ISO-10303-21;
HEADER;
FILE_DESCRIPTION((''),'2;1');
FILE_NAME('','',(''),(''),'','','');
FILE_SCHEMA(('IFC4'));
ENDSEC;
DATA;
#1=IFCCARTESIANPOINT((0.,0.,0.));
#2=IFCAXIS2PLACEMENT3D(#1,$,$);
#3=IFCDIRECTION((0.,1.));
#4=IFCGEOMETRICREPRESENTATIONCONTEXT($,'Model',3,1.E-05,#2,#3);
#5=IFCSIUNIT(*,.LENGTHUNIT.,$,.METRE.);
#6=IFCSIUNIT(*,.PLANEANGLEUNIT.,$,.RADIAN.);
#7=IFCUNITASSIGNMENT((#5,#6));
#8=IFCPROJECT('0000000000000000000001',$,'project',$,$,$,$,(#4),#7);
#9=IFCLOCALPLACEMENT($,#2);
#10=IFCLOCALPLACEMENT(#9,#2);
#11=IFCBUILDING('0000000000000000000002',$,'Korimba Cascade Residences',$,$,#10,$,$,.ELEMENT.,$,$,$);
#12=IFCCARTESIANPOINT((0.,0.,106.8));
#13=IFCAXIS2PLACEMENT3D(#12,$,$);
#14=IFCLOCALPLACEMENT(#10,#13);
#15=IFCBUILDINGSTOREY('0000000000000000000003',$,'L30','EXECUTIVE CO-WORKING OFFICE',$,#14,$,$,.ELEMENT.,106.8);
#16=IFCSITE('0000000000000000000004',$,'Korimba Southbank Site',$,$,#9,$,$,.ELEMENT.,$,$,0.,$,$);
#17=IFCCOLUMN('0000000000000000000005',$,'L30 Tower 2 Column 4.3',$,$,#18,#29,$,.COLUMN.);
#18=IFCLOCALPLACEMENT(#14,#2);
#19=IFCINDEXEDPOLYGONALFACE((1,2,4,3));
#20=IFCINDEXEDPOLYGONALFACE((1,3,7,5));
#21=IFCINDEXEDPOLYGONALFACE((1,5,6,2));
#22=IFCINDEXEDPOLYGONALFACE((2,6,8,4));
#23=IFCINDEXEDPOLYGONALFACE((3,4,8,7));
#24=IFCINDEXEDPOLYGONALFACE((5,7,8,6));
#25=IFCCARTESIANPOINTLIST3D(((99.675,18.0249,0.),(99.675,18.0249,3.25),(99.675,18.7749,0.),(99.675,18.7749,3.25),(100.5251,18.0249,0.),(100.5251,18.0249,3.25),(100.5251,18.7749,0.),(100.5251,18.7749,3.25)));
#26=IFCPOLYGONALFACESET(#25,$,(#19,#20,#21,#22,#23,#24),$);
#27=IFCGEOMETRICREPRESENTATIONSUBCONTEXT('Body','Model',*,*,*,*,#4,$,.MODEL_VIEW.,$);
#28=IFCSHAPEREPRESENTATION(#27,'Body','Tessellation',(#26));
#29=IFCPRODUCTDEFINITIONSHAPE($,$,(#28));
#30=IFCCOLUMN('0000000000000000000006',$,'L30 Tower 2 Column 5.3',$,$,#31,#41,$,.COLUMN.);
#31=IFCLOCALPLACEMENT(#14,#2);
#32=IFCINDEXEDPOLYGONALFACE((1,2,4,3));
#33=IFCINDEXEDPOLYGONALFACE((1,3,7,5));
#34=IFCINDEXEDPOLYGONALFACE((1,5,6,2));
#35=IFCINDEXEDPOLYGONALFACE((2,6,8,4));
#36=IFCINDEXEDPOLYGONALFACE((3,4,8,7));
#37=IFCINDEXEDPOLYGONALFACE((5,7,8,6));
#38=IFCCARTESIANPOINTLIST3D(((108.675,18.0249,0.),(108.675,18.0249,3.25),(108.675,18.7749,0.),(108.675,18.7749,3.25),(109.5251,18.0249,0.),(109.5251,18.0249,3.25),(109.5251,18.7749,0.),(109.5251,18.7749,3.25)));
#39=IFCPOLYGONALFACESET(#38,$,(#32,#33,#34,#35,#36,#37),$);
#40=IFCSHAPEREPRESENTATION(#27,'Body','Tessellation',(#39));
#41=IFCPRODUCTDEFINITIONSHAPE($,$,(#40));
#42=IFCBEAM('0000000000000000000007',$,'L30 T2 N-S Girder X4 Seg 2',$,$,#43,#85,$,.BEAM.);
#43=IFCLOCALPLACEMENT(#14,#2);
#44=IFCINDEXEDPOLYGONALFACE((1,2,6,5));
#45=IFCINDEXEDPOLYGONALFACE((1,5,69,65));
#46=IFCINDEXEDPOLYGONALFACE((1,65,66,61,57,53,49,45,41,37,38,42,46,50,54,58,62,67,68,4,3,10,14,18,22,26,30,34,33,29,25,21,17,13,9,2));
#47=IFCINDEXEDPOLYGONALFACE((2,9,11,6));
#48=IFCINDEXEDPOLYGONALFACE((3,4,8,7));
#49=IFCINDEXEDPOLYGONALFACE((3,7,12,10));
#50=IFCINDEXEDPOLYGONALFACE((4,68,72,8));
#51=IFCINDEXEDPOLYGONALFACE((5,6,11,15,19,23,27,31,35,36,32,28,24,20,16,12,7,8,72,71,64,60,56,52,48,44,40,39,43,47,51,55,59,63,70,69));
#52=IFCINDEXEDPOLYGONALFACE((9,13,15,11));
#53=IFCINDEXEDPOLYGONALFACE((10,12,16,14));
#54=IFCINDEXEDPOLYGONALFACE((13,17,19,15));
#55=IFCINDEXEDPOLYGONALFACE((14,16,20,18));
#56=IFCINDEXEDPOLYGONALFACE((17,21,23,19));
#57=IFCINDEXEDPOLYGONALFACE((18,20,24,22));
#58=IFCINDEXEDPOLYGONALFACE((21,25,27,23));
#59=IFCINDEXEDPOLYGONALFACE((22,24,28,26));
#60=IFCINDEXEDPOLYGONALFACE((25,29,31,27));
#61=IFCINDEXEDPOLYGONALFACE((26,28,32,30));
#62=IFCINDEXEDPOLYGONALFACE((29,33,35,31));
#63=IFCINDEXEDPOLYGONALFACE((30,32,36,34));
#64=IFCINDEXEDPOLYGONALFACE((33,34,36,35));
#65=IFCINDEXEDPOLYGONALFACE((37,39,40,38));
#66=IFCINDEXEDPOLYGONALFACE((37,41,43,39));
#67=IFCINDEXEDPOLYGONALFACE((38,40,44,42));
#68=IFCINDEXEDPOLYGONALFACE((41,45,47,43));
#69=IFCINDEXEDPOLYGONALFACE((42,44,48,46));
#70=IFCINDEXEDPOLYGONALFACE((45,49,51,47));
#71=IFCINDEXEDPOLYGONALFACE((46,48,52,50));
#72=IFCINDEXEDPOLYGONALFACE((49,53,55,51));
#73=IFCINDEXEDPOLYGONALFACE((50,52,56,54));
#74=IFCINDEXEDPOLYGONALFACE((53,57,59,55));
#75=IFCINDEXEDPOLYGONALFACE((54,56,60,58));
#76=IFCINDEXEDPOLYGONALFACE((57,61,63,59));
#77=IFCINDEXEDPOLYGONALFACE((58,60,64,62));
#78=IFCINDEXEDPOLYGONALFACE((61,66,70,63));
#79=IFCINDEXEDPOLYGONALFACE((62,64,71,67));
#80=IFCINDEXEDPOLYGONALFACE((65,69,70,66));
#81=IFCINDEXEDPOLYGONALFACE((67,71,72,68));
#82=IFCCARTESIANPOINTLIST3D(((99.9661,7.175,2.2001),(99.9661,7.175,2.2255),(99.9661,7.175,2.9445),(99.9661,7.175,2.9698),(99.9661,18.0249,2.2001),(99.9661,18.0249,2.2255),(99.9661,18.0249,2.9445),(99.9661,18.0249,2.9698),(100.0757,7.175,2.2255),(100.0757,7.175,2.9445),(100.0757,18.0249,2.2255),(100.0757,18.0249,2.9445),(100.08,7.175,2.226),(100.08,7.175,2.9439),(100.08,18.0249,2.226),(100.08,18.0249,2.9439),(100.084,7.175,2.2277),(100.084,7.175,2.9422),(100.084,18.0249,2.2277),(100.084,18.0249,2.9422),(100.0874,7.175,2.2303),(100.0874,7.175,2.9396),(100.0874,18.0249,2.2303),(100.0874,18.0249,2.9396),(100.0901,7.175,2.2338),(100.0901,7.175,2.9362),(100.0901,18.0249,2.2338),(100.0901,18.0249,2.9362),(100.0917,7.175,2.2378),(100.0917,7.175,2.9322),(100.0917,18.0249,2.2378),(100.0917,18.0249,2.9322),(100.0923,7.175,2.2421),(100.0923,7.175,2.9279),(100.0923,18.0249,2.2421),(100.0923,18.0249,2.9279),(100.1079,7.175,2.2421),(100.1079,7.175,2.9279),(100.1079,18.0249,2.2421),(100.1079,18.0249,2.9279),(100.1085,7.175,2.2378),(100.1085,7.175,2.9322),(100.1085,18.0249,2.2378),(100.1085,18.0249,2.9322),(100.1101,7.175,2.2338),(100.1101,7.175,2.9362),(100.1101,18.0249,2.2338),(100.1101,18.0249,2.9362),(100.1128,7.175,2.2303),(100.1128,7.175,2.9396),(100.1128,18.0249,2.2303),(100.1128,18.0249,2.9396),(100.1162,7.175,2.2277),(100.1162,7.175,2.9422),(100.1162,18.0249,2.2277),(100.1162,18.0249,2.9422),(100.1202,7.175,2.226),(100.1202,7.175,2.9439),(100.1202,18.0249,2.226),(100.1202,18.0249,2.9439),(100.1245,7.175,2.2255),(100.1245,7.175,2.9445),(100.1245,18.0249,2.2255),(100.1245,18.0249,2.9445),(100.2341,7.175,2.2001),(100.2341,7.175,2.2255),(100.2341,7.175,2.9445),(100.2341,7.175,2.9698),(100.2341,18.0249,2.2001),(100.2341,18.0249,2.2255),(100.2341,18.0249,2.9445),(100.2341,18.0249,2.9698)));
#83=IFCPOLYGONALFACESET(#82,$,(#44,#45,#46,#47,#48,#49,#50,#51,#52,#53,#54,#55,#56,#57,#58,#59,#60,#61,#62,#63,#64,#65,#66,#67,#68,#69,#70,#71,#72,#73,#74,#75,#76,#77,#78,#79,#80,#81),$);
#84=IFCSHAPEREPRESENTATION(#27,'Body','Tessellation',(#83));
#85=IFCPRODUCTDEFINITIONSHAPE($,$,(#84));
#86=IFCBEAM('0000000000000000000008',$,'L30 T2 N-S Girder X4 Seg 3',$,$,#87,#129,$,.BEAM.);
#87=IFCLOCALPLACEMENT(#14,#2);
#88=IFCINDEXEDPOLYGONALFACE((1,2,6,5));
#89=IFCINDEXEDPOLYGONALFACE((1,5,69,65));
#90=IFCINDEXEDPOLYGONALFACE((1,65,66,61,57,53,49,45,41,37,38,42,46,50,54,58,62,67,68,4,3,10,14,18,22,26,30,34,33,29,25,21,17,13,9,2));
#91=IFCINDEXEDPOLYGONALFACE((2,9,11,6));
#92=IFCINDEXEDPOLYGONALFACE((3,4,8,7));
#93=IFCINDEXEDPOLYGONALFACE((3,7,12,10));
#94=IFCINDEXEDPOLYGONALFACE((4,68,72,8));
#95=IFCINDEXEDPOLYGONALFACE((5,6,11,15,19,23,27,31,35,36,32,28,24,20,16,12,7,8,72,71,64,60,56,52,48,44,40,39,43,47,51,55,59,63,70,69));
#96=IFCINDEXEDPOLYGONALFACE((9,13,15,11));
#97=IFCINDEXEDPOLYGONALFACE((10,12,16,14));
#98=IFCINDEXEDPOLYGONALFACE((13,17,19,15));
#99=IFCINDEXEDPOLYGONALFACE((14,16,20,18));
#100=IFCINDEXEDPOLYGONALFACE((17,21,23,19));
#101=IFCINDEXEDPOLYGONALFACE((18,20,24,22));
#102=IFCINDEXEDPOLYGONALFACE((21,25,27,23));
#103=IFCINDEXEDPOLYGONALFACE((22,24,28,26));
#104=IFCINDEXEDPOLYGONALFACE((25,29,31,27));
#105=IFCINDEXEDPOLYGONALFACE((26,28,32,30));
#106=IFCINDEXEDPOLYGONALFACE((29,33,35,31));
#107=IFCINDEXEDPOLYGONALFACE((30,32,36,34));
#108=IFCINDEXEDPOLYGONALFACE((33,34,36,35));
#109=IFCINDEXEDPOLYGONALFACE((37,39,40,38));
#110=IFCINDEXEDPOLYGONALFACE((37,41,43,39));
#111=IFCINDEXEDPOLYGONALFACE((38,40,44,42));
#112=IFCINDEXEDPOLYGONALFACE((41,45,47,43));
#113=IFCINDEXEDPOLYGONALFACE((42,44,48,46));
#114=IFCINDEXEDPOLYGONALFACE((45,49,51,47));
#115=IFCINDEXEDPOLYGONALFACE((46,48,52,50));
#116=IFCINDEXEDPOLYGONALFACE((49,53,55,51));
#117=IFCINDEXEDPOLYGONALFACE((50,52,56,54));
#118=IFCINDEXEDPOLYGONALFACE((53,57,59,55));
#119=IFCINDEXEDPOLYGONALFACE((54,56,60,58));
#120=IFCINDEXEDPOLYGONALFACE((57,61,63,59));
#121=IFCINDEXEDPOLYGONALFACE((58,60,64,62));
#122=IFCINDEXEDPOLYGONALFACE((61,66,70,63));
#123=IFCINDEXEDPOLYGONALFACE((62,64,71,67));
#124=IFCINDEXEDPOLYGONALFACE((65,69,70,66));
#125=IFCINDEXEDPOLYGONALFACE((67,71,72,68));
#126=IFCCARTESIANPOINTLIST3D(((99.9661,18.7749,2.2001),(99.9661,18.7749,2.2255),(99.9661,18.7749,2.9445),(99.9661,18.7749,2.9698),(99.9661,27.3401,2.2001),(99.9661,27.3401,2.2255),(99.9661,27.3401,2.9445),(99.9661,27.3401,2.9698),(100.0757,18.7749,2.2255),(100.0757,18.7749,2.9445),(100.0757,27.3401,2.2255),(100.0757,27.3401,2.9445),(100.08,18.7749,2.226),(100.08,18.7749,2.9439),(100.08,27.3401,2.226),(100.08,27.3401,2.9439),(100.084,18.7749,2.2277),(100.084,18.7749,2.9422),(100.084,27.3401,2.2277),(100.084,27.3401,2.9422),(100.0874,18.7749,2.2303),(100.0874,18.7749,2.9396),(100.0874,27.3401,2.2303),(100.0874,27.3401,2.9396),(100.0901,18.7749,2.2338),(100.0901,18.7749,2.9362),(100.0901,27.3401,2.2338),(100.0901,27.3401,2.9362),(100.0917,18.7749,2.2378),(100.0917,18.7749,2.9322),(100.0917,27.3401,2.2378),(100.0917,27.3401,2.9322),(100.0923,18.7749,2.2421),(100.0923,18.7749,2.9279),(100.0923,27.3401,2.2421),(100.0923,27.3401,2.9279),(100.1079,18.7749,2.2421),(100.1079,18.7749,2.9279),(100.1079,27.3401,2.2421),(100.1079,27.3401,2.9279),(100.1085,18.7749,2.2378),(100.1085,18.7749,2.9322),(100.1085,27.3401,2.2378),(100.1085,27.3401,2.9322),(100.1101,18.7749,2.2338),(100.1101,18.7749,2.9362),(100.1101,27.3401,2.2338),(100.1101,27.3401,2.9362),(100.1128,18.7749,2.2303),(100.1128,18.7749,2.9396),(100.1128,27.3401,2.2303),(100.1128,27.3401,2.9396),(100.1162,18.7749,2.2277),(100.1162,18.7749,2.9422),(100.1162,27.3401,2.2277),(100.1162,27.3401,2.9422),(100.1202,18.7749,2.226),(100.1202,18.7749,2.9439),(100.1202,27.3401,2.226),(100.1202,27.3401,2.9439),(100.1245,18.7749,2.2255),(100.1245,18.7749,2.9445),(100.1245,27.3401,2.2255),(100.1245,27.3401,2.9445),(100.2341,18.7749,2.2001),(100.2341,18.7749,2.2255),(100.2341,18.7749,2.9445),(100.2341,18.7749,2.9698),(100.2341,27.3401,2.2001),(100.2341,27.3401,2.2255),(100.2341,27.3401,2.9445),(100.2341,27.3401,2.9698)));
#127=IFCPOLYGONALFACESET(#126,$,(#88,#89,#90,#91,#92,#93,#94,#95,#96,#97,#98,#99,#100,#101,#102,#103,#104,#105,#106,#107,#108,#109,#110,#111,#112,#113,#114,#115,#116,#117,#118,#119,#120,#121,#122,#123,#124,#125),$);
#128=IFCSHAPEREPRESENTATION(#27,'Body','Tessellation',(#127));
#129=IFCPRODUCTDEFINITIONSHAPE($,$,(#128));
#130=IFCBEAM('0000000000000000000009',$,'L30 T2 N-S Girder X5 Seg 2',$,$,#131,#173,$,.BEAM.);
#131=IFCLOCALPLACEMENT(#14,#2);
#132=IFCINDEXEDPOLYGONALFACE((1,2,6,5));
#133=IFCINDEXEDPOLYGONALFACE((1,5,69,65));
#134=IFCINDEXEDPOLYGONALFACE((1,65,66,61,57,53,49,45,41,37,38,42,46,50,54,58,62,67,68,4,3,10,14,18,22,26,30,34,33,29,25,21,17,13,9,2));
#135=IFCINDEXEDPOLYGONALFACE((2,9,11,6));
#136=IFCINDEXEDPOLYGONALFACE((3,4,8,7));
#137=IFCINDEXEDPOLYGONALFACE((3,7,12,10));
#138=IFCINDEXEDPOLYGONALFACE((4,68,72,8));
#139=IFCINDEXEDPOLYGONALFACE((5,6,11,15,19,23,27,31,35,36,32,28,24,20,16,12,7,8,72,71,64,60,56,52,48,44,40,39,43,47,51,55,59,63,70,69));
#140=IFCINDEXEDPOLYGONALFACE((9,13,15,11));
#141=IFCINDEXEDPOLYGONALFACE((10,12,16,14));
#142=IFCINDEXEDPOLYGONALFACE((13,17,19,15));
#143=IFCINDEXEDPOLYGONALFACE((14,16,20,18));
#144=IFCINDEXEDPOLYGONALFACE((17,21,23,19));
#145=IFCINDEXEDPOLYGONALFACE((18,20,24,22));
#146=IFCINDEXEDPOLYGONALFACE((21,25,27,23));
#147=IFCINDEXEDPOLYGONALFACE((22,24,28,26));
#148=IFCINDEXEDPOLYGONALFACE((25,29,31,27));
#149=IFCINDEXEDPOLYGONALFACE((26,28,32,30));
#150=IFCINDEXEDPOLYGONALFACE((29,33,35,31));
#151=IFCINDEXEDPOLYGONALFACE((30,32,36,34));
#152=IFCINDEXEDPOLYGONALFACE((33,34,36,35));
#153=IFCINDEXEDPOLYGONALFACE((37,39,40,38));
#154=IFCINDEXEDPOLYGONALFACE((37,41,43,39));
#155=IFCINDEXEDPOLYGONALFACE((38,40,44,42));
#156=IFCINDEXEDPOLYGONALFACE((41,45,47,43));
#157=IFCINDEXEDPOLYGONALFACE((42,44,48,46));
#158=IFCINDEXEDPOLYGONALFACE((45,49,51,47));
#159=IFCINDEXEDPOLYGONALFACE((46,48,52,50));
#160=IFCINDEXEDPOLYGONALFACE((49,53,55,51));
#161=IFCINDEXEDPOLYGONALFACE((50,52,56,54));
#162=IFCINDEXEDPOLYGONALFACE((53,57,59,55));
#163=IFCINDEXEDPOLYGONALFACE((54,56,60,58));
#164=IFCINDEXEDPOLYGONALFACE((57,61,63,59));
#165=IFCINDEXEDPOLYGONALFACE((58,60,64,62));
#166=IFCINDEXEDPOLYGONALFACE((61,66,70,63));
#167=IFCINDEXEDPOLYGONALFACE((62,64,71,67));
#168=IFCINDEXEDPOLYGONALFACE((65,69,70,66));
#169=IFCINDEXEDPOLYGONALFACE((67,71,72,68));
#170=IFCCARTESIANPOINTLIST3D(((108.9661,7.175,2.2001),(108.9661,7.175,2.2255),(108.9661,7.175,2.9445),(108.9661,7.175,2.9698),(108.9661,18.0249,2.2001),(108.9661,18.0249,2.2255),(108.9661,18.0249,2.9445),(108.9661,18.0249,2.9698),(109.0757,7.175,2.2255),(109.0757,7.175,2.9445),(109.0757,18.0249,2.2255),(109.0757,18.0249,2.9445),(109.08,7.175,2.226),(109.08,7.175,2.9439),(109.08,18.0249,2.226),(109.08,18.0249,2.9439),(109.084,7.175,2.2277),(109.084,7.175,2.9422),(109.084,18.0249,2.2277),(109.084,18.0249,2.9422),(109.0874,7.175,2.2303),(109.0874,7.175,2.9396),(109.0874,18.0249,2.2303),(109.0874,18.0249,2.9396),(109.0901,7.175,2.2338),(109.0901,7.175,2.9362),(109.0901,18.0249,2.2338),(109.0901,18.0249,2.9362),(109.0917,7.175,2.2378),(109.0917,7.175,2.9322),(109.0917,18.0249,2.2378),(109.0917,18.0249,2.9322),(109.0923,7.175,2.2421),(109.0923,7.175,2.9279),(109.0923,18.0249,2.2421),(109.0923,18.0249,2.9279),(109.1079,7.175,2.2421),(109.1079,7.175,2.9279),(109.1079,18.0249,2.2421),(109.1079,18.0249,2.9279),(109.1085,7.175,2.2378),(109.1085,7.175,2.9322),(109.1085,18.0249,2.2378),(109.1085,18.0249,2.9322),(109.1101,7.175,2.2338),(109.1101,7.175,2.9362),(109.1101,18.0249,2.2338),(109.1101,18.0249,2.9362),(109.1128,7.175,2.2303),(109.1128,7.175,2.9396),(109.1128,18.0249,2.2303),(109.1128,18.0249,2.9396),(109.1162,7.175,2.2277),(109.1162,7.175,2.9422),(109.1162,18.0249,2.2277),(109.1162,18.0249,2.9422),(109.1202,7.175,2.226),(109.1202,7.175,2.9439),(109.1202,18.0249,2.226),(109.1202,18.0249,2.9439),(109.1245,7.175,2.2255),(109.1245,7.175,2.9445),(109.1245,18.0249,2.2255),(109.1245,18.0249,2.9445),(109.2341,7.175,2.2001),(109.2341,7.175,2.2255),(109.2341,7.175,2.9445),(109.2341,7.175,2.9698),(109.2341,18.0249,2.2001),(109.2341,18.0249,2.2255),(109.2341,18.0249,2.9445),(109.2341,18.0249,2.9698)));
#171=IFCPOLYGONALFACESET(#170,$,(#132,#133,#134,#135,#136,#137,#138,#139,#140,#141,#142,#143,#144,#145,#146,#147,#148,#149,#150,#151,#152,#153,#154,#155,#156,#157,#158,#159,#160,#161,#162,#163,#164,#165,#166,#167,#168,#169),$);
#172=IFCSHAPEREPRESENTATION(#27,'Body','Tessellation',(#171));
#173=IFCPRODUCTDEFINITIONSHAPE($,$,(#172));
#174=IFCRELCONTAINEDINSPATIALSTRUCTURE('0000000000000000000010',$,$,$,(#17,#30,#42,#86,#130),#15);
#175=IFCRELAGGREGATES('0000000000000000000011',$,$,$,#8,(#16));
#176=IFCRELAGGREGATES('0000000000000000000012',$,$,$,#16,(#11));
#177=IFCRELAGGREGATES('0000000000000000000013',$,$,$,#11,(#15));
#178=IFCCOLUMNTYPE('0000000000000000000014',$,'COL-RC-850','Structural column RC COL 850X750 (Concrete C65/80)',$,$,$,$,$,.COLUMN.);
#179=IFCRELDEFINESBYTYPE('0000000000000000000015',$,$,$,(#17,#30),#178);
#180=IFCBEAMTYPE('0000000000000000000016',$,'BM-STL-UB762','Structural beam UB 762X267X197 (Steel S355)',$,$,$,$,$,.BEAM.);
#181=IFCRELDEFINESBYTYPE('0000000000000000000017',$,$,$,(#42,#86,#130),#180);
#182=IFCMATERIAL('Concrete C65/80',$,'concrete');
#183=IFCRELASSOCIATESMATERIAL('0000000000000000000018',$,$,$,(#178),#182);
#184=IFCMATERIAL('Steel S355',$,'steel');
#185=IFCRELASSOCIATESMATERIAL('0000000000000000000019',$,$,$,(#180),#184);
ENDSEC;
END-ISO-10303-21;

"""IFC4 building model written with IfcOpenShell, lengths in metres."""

from ifc_helpers import new_model, si_unit, direction, frame, origin, origin_2d, place, context, subcontext, project, spatial, rectangle, i_section, extrude, material, material_profile, profile_set, type_object, element, save


model = new_model("IFC4")

# Units and contexts
model_context = context("Model", 3, precision=1e-05, world=origin(), true_north=direction((0.0, 1.0)))
body_context = subcontext(model_context, "Body", "Model", "MODEL_VIEW")
ifc_project = project(units=[si_unit("LENGTHUNIT", "METRE"), si_unit("PLANEANGLEUNIT", "RADIAN")], contexts=[model_context])

# Site, building, storey
site_placement = place(None, origin())
site = spatial("IfcSite", under=ifc_project, at=site_placement, Name="Korimba Southbank Site", CompositionType="ELEMENT", RefElevation=0.0)
building_placement = place(site_placement, origin())
building = spatial("IfcBuilding", under=site, at=building_placement, Name="Korimba Cascade Residences", CompositionType="ELEMENT")
storey_placement = place(building_placement, frame((0.0, 0.0, 106.8)))
storey = spatial("IfcBuildingStorey", under=building, at=storey_placement, Name="L30", Description="EXECUTIVE CO-WORKING OFFICE", CompositionType="ELEMENT", Elevation=106.8)

# Columns
ifc_material_1 = material(Name="Concrete C65/80", Category="concrete")
ifc_material_profile_1 = material_profile(ifc_material_1, rectangle(XDim=0.8501, YDim=0.75, at=origin_2d()), Name="Concrete C65/80")
ifc_profile_set_1 = profile_set([ifc_material_profile_1], Name="Concrete C65/80")
column_type = type_object("IfcColumnType", Name="COL-RC-850", Description="Structural column RC COL 850X750 (Concrete C65/80)", PredefinedType="COLUMN", material=ifc_profile_set_1)
for number, where, z_axis, x_axis, name in (
    (1, (100.1001, 18.3999, 0.0), (0.0, 0.0, 1.0), (1.0, 0.0, 0.0), "L30 Tower 2 Column 4.3"),
    (2, (109.1001, 18.3999, 0.0), (0.0, 0.0, 1.0), (1.0, 0.0, 0.0), "L30 Tower 2 Column 5.3"),
):
    element("IfcColumn", number, at=place(storey_placement, frame(where, z_axis=z_axis, x_axis=x_axis)), inside=storey, type_object=column_type, Name=name, PredefinedType="COLUMN", context=body_context, shape_type="SweptSolid", body=[
        extrude(rectangle(XDim=0.8501, YDim=0.75, at=origin_2d()), origin(), (0.0, 0.0, 1.0), 3.25),
    ])

# Beams
ifc_material_2 = material(Name="Steel S355", Category="steel")
ifc_material_profile_2 = material_profile(ifc_material_2, i_section(OverallWidth=0.2681, OverallDepth=0.7698, WebThickness=0.0156, FlangeThickness=0.0254, FilletRadius=0.0166, at=origin_2d()), Name="Steel S355")
ifc_profile_set_2 = profile_set([ifc_material_profile_2], Name="Steel S355")
beam_type = type_object("IfcBeamType", Name="BM-STL-UB762", Description="Structural beam UB 762X267X197 (Steel S355)", PredefinedType="BEAM", material=ifc_profile_set_2)
beam_1_placement = place(storey_placement, frame((100.1001, 7.175, 2.585), z_axis=(0.0, 1.0, 0.0), x_axis=(-1.0, 0.0, 0.0)))
element("IfcBeam", 3, at=beam_1_placement, inside=storey, type_object=beam_type, Name="L30 T2 N-S Girder X4 Seg 2", PredefinedType="BEAM", context=body_context, shape_type="SweptSolid", body=[
    extrude(i_section(OverallWidth=0.2681, OverallDepth=0.7698, WebThickness=0.0156, FlangeThickness=0.0254, FilletRadius=0.0166, at=origin_2d()), origin(), (0.0, 0.0, 1.0), 10.8499),
])
beam_2_placement = place(storey_placement, frame((100.1001, 18.7749, 2.585), z_axis=(0.0, 1.0, 0.0), x_axis=(-1.0, 0.0, 0.0)))
element("IfcBeam", 4, at=beam_2_placement, inside=storey, type_object=beam_type, Name="L30 T2 N-S Girder X4 Seg 3", PredefinedType="BEAM", context=body_context, shape_type="SweptSolid", body=[
    extrude(i_section(OverallWidth=0.2681, OverallDepth=0.7698, WebThickness=0.0156, FlangeThickness=0.0254, FilletRadius=0.0166, at=origin_2d()), origin(), (0.0, 0.0, 1.0), 8.5652),
])
beam_3_placement = place(storey_placement, frame((109.1001, 7.175, 2.585), z_axis=(0.0, 1.0, 0.0), x_axis=(-1.0, 0.0, 0.0)))
element("IfcBeam", 5, at=beam_3_placement, inside=storey, type_object=beam_type, Name="L30 T2 N-S Girder X5 Seg 2", PredefinedType="BEAM", context=body_context, shape_type="SweptSolid", body=[
    extrude(i_section(OverallWidth=0.2681, OverallDepth=0.7698, WebThickness=0.0156, FlangeThickness=0.0254, FilletRadius=0.0166, at=origin_2d()), origin(), (0.0, 0.0, 1.0), 10.8499),
])

save(model, "model.ifc")
